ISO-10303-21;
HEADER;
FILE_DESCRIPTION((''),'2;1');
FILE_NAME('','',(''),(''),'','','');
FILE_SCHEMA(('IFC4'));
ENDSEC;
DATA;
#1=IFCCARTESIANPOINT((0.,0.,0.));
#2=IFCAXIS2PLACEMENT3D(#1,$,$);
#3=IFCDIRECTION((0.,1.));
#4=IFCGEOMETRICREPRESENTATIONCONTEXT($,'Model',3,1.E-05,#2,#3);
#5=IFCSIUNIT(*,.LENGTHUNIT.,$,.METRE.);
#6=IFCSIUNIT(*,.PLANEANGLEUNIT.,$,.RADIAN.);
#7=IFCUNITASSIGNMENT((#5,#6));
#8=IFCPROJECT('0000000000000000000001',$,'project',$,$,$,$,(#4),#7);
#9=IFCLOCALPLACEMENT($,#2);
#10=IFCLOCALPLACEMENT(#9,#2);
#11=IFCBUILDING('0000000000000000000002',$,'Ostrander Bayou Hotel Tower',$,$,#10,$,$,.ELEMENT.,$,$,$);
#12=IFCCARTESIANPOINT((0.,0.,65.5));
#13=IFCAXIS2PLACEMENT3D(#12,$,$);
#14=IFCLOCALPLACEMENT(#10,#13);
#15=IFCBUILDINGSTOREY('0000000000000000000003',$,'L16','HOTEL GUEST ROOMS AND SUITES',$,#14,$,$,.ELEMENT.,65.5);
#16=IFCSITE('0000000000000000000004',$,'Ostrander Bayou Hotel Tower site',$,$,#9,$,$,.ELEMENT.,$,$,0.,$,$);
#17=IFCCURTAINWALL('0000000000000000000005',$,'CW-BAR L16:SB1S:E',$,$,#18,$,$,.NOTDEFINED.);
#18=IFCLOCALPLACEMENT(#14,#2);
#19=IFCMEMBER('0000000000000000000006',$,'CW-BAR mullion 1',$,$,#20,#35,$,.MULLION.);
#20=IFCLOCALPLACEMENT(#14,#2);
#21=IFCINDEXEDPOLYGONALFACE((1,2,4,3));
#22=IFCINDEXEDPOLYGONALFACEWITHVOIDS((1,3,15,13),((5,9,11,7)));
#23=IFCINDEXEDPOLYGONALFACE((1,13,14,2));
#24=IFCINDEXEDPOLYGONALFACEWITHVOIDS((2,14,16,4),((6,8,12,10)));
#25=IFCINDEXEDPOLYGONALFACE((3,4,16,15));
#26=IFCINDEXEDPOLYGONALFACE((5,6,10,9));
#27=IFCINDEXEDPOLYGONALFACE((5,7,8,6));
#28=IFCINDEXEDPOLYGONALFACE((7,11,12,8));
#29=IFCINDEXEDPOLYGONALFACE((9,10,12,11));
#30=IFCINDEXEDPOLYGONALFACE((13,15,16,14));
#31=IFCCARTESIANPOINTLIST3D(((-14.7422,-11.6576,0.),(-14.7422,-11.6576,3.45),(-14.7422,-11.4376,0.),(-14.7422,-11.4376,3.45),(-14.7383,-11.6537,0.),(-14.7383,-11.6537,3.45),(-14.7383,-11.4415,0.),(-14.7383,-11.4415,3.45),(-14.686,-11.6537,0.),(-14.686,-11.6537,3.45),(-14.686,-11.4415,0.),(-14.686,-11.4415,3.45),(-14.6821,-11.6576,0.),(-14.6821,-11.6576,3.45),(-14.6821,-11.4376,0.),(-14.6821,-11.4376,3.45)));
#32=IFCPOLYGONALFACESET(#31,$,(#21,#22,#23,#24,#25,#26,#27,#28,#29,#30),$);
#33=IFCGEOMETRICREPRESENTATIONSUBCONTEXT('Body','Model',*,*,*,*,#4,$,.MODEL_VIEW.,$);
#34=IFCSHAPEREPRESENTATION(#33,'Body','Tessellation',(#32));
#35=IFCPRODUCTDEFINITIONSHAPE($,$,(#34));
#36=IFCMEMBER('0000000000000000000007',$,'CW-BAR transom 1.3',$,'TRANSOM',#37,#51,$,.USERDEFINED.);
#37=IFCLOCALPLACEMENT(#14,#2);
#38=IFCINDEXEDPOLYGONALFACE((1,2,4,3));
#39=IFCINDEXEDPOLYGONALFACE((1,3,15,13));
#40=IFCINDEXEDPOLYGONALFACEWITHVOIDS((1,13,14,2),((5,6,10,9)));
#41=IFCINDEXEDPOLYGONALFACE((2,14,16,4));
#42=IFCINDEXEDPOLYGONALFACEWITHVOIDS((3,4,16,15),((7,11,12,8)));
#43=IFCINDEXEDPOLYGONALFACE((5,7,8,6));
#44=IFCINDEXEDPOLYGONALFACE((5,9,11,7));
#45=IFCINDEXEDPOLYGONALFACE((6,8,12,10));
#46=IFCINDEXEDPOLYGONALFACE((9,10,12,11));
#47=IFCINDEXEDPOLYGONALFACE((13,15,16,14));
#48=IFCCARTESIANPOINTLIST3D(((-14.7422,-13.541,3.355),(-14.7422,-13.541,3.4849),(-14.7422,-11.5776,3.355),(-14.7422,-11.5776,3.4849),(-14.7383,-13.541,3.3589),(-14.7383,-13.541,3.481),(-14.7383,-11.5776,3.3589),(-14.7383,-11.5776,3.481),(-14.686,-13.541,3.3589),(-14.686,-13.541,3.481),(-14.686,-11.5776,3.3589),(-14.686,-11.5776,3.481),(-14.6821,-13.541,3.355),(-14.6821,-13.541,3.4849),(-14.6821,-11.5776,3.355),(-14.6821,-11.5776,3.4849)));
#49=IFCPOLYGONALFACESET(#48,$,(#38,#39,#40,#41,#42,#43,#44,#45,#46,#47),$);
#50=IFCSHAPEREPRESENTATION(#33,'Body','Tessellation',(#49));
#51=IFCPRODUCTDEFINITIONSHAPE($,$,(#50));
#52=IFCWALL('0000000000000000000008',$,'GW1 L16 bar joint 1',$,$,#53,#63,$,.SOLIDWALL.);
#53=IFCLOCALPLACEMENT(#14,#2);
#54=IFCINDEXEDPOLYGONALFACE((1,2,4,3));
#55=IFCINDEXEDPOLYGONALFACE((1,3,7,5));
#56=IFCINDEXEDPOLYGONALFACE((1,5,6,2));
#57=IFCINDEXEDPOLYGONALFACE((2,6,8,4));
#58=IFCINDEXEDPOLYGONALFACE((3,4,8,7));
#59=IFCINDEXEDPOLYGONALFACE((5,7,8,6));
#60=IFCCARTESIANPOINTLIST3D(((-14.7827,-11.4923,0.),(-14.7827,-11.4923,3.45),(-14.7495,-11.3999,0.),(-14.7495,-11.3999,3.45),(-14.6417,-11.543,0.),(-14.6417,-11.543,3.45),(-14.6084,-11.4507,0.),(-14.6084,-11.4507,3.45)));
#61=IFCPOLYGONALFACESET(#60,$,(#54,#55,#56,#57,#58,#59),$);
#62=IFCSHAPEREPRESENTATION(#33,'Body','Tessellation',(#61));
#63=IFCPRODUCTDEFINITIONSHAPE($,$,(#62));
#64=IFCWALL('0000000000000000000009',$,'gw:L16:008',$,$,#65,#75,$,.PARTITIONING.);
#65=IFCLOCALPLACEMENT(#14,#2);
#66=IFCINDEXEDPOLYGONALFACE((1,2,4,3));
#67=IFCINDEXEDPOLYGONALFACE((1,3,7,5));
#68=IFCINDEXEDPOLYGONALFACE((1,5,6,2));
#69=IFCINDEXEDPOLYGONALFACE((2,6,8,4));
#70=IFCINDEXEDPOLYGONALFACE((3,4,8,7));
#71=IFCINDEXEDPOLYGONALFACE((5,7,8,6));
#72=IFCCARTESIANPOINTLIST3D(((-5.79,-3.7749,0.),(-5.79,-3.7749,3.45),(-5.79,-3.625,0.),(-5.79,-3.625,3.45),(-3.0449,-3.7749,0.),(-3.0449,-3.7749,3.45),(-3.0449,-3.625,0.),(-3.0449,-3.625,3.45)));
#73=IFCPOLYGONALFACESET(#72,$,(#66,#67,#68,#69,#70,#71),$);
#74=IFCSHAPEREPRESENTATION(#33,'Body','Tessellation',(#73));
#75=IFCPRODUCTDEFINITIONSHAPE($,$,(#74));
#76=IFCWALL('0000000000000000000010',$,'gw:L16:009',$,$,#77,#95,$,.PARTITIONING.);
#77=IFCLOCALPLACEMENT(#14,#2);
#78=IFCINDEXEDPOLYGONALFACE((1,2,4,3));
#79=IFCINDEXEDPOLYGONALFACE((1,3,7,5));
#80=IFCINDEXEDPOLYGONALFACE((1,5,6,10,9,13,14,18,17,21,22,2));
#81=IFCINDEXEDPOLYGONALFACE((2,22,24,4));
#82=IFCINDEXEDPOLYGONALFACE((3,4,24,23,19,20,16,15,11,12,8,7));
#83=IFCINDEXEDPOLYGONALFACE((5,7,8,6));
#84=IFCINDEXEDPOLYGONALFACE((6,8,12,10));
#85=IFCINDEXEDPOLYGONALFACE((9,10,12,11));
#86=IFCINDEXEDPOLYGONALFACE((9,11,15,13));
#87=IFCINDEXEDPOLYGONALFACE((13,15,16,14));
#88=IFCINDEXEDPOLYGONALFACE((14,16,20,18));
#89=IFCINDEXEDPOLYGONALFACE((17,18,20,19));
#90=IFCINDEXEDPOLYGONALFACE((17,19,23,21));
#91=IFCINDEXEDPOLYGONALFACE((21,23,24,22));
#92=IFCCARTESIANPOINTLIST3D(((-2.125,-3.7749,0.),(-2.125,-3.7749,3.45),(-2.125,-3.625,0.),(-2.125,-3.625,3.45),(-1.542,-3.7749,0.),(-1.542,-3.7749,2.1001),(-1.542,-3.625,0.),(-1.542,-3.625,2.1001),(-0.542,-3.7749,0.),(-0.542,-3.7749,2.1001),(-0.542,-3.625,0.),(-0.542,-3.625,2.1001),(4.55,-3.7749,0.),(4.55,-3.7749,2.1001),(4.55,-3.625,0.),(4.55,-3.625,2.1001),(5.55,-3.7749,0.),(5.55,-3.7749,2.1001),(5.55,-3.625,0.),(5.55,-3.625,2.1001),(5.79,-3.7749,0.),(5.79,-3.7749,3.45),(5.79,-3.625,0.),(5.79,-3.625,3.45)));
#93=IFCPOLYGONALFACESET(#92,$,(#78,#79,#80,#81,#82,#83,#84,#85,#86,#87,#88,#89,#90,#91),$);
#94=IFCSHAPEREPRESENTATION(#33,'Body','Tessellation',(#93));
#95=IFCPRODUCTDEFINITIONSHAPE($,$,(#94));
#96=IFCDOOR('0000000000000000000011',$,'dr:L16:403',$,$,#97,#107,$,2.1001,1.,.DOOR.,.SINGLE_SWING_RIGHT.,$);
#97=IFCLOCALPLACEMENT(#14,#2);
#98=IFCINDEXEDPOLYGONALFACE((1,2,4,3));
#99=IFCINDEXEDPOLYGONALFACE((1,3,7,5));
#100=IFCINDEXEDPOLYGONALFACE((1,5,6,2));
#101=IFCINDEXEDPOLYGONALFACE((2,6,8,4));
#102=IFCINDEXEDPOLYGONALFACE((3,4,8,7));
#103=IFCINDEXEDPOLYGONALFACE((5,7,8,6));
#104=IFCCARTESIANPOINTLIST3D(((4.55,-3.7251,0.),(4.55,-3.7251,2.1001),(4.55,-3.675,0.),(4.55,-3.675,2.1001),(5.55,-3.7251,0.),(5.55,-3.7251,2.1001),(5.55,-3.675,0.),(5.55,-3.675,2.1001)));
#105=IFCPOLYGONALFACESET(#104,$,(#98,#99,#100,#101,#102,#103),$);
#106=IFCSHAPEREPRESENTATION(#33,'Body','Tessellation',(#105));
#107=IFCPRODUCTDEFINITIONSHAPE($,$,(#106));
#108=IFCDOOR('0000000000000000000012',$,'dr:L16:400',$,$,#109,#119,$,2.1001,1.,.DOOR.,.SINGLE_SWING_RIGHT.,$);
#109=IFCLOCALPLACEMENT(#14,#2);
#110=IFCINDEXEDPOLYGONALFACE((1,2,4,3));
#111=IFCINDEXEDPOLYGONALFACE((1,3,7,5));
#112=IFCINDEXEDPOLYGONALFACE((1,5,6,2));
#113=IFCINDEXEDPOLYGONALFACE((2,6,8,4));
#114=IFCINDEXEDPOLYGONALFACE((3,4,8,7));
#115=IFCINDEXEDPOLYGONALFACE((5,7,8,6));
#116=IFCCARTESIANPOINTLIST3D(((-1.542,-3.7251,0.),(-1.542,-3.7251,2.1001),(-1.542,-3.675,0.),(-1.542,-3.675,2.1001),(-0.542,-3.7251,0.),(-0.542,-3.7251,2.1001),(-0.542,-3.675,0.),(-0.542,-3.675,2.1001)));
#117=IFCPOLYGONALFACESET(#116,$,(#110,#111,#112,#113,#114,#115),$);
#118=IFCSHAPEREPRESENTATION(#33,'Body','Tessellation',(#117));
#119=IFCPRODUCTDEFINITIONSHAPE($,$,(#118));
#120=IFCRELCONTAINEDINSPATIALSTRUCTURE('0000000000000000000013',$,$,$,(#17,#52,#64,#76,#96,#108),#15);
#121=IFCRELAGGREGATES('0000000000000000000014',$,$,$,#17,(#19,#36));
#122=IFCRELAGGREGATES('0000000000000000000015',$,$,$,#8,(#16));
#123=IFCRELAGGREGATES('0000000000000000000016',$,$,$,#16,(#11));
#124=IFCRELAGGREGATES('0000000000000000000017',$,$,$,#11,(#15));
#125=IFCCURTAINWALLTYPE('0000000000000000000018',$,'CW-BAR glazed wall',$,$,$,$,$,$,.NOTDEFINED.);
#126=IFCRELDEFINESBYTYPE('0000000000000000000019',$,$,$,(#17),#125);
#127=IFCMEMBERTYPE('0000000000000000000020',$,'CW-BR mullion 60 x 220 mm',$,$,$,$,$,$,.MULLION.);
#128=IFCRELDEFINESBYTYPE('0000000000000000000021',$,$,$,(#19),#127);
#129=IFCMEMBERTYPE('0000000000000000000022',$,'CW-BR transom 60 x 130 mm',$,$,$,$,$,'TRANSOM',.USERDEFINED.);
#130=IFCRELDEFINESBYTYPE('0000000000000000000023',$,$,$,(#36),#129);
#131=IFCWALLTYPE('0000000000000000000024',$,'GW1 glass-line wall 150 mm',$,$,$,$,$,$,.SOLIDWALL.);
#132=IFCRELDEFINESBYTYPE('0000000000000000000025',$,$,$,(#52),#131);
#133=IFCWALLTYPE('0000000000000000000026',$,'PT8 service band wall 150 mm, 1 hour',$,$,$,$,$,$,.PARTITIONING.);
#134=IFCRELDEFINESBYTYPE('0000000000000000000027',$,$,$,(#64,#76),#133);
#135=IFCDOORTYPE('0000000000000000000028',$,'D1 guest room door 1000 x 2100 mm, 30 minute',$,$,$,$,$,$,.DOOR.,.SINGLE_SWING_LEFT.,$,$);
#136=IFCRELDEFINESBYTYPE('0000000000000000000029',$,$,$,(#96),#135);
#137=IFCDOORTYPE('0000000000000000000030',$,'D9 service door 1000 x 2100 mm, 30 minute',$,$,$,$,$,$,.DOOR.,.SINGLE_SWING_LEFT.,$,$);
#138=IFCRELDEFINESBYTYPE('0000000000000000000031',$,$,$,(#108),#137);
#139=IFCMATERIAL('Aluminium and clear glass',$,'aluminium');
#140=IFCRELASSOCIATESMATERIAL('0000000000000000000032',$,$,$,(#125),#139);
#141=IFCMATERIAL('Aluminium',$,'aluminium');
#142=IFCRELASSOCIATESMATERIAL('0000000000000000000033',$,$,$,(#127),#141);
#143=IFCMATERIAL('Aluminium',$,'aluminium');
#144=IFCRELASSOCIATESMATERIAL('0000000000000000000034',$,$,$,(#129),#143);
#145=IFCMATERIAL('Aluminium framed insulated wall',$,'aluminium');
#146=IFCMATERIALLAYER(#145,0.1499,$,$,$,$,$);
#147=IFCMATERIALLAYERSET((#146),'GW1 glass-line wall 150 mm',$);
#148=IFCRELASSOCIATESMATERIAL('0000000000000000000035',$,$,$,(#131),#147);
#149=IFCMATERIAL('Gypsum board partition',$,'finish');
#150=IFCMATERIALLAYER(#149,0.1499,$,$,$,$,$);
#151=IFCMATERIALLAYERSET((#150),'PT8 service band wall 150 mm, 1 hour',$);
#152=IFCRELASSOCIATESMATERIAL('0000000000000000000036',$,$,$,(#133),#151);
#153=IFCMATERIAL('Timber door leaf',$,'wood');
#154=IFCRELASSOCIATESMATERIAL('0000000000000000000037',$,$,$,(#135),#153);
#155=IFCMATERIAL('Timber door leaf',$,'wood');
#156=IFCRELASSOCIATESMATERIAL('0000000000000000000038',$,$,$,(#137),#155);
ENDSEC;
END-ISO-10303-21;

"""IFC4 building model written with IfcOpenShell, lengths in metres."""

from ifc_helpers import new_model, si_unit, direction, frame, frame_2d, origin, origin_2d, place, context, subcontext, project, spatial, rectangle, hollow_rectangle, extrude, material, layer, layer_set, material_profile, profile_set, type_object, element, fill, aggregate, save


model = new_model("IFC4")

# Units and contexts
model_context = context("Model", 3, precision=1e-05, world=origin(), true_north=direction((0.0, 1.0)))
body_context = subcontext(model_context, "Body", "Model", "MODEL_VIEW")
ifc_project = project(units=[si_unit("LENGTHUNIT", "METRE"), si_unit("PLANEANGLEUNIT", "RADIAN")], contexts=[model_context])

# Site, building, storey
site_placement = place(None, origin())
site = spatial("IfcSite", under=ifc_project, at=site_placement, Name="Ostrander Bayou Hotel Tower site", CompositionType="ELEMENT", RefElevation=0.0)
building_placement = place(site_placement, origin())
building = spatial("IfcBuilding", under=site, at=building_placement, Name="Ostrander Bayou Hotel Tower", CompositionType="ELEMENT")
storey_placement = place(building_placement, frame((0.0, 0.0, 65.5)))
storey = spatial("IfcBuildingStorey", under=building, at=storey_placement, Name="L16", Description="HOTEL GUEST ROOMS AND SUITES", CompositionType="ELEMENT", Elevation=65.5)

# Curtain wall, members
ifc_material_1 = material(Name="Aluminium and clear glass", Category="aluminium")
curtain_wall_type = type_object("IfcCurtainWallType", Name="CW-BAR glazed wall", PredefinedType="NOTDEFINED", material=ifc_material_1)
curtain_wall_placement = place(storey_placement, origin())
curtain_wall = element("IfcCurtainWall", 1, at=curtain_wall_placement, inside=storey, type_object=curtain_wall_type, Name="CW-BAR L16:SB1S:E", PredefinedType="NOTDEFINED")
ifc_material_2 = material(Name="Aluminium", Category="aluminium")
ifc_material_profile_1 = material_profile(ifc_material_2, hollow_rectangle(XDim=0.0601, YDim=0.22, WallThickness=0.0039, at=origin_2d()))
ifc_profile_set_1 = profile_set([ifc_material_profile_1], Name="Aluminium")
member_type_1 = type_object("IfcMemberType", Name="CW-BR mullion 60 x 220 mm", PredefinedType="MULLION", material=ifc_profile_set_1)
member_1_placement = place(storey_placement, frame((-14.7122, -11.5476, 0.0), z_axis=(0.0, 0.0, 1.0), x_axis=(1.0, 0.0, 0.0)))
member_1 = element("IfcMember", 2, at=member_1_placement, type_object=member_type_1, Name="CW-BAR mullion 1", PredefinedType="MULLION", context=body_context, shape_type="SweptSolid", body=[
    extrude(hollow_rectangle(XDim=0.0601, YDim=0.22, WallThickness=0.0039, at=origin_2d()), origin(), (0.0, 0.0, 1.0), 3.45),
])
ifc_material_3 = material(Name="Aluminium", Category="aluminium")
ifc_material_profile_2 = material_profile(ifc_material_3, hollow_rectangle(XDim=0.0601, YDim=0.1299, WallThickness=0.0039, at=origin_2d()))
ifc_profile_set_2 = profile_set([ifc_material_profile_2], Name="Aluminium")
member_type_2 = type_object("IfcMemberType", Name="CW-BR transom 60 x 130 mm", ElementType="TRANSOM", PredefinedType="USERDEFINED", material=ifc_profile_set_2)
member_2_placement = place(storey_placement, frame((-14.7122, -11.5776, 3.4199), z_axis=(0.0, -1.0, 0.0), x_axis=(1.0, 0.0, 0.0)))
member_2 = element("IfcMember", 3, at=member_2_placement, type_object=member_type_2, Name="CW-BAR transom 1.3", ObjectType="TRANSOM", PredefinedType="USERDEFINED", context=body_context, shape_type="SweptSolid", body=[
    extrude(hollow_rectangle(XDim=0.0601, YDim=0.1299, WallThickness=0.0039, at=origin_2d()), origin(), (0.0, 0.0, 1.0), 1.9634),
])
aggregate(curtain_wall, [member_1, member_2])

# Walls
ifc_material_4 = material(Name="Aluminium framed insulated wall", Category="aluminium")
ifc_layer_1 = layer(ifc_material_4, 0.1499)
ifc_layer_set_1 = layer_set([ifc_layer_1], Name="GW1 glass-line wall 150 mm")
wall_type_1 = type_object("IfcWallType", Name="GW1 glass-line wall 150 mm", PredefinedType="SOLIDWALL", material=ifc_layer_set_1)
wall_1_placement = place(storey_placement, frame((-14.679, -11.4253, 0.0), z_axis=(0.0, 0.0, 1.0), x_axis=(-0.338543, -0.940951, 0.0)))
element("IfcWall", 4, at=wall_1_placement, inside=storey, type_object=wall_type_1, Name="GW1 L16 bar joint 1", PredefinedType="SOLIDWALL", context=body_context, shape_type="SweptSolid", body=[
    extrude(rectangle(XDim=0.0981, YDim=0.1499, at=frame_2d((0.0491, 0.0))), origin(), (0.0, 0.0, 1.0), 3.45),
])
ifc_material_5 = material(Name="Gypsum board partition", Category="finish")
ifc_layer_2 = layer(ifc_material_5, 0.1499)
ifc_layer_set_2 = layer_set([ifc_layer_2], Name="PT8 service band wall 150 mm, 1 hour")
wall_type_2 = type_object("IfcWallType", Name="PT8 service band wall 150 mm, 1 hour", PredefinedType="PARTITIONING", material=ifc_layer_set_2)
wall_2_placement = place(storey_placement, frame((-5.79, -3.7, 0.0), z_axis=(0.0, 0.0, 1.0), x_axis=(1.0, 0.0, 0.0)))
element("IfcWall", 5, at=wall_2_placement, inside=storey, type_object=wall_type_2, Name="gw:L16:008", PredefinedType="PARTITIONING", context=body_context, shape_type="SweptSolid", body=[
    extrude(rectangle(XDim=2.7451, YDim=0.1499, at=frame_2d((1.3726, 0.0))), origin(), (0.0, 0.0, 1.0), 3.45),
])

# Wall, openings, doors
wall_3_placement = place(storey_placement, frame((-2.125, -3.7, 0.0), z_axis=(0.0, 0.0, 1.0), x_axis=(1.0, 0.0, 0.0)))
wall_3 = element("IfcWall", 6, at=wall_3_placement, inside=storey, type_object=wall_type_2, Name="gw:L16:009", PredefinedType="PARTITIONING", context=body_context, shape_type="SweptSolid", body=[
    extrude(rectangle(XDim=7.915, YDim=0.1499, at=frame_2d((3.9575, 0.0))), origin(), (0.0, 0.0, 1.0), 3.45),
])
opening_1_placement = place(wall_3_placement, frame((0.583, 0.0, 0.0)))
opening_1 = element("IfcOpeningElement", 7, at=opening_1_placement, cuts=wall_3, PredefinedType="OPENING", context=body_context, shape_type="SweptSolid", body=[
    extrude(rectangle(XDim=1.0, YDim=2.1001, at=frame_2d((0.5, 1.05))), frame((0.0, 0.075, 0.0), z_axis=(0.0, -1.0, 0.0), x_axis=(1.0, 0.0, 0.0)), (0.0, 0.0, 1.0), 0.1499),
])
opening_2_placement = place(wall_3_placement, frame((6.675, 0.0, 0.0)))
opening_2 = element("IfcOpeningElement", 8, at=opening_2_placement, cuts=wall_3, PredefinedType="OPENING", context=body_context, shape_type="SweptSolid", body=[
    extrude(rectangle(XDim=1.0, YDim=2.1001, at=frame_2d((0.5, 1.05))), frame((0.0, 0.075, 0.0), z_axis=(0.0, -1.0, 0.0), x_axis=(1.0, 0.0, 0.0)), (0.0, 0.0, 1.0), 0.1499),
])
ifc_material_6 = material(Name="Timber door leaf", Category="wood")
door_type_1 = type_object("IfcDoorType", Name="D1 guest room door 1000 x 2100 mm, 30 minute", OperationType="SINGLE_SWING_LEFT", PredefinedType="DOOR", material=ifc_material_6)
door_1_placement = place(opening_2_placement, origin())
door_1 = element("IfcDoor", 9, at=door_1_placement, inside=storey, type_object=door_type_1, Name="dr:L16:403", OperationType="SINGLE_SWING_RIGHT", OverallHeight=2.1001, OverallWidth=1.0, PredefinedType="DOOR", context=body_context, shape_type="SweptSolid", body=[
    extrude(rectangle(XDim=1.0, YDim=2.1001, at=frame_2d((0.5, 1.05))), frame((0.0, 0.0249, 0.0), z_axis=(0.0, -1.0, 0.0), x_axis=(1.0, 0.0, 0.0)), (0.0, 0.0, 1.0), 0.05),
])
fill(opening_2, door_1)
ifc_material_7 = material(Name="Timber door leaf", Category="wood")
door_type_2 = type_object("IfcDoorType", Name="D9 service door 1000 x 2100 mm, 30 minute", OperationType="SINGLE_SWING_LEFT", PredefinedType="DOOR", material=ifc_material_7)
door_2_placement = place(opening_1_placement, origin())
door_2 = element("IfcDoor", 10, at=door_2_placement, inside=storey, type_object=door_type_2, Name="dr:L16:400", OperationType="SINGLE_SWING_RIGHT", OverallHeight=2.1001, OverallWidth=1.0, PredefinedType="DOOR", context=body_context, shape_type="SweptSolid", body=[
    extrude(rectangle(XDim=1.0, YDim=2.1001, at=frame_2d((0.5, 1.05))), frame((0.0, 0.0249, 0.0), z_axis=(0.0, -1.0, 0.0), x_axis=(1.0, 0.0, 0.0)), (0.0, 0.0, 1.0), 0.05),
])
fill(opening_1, door_2)

save(model, "model.ifc")
